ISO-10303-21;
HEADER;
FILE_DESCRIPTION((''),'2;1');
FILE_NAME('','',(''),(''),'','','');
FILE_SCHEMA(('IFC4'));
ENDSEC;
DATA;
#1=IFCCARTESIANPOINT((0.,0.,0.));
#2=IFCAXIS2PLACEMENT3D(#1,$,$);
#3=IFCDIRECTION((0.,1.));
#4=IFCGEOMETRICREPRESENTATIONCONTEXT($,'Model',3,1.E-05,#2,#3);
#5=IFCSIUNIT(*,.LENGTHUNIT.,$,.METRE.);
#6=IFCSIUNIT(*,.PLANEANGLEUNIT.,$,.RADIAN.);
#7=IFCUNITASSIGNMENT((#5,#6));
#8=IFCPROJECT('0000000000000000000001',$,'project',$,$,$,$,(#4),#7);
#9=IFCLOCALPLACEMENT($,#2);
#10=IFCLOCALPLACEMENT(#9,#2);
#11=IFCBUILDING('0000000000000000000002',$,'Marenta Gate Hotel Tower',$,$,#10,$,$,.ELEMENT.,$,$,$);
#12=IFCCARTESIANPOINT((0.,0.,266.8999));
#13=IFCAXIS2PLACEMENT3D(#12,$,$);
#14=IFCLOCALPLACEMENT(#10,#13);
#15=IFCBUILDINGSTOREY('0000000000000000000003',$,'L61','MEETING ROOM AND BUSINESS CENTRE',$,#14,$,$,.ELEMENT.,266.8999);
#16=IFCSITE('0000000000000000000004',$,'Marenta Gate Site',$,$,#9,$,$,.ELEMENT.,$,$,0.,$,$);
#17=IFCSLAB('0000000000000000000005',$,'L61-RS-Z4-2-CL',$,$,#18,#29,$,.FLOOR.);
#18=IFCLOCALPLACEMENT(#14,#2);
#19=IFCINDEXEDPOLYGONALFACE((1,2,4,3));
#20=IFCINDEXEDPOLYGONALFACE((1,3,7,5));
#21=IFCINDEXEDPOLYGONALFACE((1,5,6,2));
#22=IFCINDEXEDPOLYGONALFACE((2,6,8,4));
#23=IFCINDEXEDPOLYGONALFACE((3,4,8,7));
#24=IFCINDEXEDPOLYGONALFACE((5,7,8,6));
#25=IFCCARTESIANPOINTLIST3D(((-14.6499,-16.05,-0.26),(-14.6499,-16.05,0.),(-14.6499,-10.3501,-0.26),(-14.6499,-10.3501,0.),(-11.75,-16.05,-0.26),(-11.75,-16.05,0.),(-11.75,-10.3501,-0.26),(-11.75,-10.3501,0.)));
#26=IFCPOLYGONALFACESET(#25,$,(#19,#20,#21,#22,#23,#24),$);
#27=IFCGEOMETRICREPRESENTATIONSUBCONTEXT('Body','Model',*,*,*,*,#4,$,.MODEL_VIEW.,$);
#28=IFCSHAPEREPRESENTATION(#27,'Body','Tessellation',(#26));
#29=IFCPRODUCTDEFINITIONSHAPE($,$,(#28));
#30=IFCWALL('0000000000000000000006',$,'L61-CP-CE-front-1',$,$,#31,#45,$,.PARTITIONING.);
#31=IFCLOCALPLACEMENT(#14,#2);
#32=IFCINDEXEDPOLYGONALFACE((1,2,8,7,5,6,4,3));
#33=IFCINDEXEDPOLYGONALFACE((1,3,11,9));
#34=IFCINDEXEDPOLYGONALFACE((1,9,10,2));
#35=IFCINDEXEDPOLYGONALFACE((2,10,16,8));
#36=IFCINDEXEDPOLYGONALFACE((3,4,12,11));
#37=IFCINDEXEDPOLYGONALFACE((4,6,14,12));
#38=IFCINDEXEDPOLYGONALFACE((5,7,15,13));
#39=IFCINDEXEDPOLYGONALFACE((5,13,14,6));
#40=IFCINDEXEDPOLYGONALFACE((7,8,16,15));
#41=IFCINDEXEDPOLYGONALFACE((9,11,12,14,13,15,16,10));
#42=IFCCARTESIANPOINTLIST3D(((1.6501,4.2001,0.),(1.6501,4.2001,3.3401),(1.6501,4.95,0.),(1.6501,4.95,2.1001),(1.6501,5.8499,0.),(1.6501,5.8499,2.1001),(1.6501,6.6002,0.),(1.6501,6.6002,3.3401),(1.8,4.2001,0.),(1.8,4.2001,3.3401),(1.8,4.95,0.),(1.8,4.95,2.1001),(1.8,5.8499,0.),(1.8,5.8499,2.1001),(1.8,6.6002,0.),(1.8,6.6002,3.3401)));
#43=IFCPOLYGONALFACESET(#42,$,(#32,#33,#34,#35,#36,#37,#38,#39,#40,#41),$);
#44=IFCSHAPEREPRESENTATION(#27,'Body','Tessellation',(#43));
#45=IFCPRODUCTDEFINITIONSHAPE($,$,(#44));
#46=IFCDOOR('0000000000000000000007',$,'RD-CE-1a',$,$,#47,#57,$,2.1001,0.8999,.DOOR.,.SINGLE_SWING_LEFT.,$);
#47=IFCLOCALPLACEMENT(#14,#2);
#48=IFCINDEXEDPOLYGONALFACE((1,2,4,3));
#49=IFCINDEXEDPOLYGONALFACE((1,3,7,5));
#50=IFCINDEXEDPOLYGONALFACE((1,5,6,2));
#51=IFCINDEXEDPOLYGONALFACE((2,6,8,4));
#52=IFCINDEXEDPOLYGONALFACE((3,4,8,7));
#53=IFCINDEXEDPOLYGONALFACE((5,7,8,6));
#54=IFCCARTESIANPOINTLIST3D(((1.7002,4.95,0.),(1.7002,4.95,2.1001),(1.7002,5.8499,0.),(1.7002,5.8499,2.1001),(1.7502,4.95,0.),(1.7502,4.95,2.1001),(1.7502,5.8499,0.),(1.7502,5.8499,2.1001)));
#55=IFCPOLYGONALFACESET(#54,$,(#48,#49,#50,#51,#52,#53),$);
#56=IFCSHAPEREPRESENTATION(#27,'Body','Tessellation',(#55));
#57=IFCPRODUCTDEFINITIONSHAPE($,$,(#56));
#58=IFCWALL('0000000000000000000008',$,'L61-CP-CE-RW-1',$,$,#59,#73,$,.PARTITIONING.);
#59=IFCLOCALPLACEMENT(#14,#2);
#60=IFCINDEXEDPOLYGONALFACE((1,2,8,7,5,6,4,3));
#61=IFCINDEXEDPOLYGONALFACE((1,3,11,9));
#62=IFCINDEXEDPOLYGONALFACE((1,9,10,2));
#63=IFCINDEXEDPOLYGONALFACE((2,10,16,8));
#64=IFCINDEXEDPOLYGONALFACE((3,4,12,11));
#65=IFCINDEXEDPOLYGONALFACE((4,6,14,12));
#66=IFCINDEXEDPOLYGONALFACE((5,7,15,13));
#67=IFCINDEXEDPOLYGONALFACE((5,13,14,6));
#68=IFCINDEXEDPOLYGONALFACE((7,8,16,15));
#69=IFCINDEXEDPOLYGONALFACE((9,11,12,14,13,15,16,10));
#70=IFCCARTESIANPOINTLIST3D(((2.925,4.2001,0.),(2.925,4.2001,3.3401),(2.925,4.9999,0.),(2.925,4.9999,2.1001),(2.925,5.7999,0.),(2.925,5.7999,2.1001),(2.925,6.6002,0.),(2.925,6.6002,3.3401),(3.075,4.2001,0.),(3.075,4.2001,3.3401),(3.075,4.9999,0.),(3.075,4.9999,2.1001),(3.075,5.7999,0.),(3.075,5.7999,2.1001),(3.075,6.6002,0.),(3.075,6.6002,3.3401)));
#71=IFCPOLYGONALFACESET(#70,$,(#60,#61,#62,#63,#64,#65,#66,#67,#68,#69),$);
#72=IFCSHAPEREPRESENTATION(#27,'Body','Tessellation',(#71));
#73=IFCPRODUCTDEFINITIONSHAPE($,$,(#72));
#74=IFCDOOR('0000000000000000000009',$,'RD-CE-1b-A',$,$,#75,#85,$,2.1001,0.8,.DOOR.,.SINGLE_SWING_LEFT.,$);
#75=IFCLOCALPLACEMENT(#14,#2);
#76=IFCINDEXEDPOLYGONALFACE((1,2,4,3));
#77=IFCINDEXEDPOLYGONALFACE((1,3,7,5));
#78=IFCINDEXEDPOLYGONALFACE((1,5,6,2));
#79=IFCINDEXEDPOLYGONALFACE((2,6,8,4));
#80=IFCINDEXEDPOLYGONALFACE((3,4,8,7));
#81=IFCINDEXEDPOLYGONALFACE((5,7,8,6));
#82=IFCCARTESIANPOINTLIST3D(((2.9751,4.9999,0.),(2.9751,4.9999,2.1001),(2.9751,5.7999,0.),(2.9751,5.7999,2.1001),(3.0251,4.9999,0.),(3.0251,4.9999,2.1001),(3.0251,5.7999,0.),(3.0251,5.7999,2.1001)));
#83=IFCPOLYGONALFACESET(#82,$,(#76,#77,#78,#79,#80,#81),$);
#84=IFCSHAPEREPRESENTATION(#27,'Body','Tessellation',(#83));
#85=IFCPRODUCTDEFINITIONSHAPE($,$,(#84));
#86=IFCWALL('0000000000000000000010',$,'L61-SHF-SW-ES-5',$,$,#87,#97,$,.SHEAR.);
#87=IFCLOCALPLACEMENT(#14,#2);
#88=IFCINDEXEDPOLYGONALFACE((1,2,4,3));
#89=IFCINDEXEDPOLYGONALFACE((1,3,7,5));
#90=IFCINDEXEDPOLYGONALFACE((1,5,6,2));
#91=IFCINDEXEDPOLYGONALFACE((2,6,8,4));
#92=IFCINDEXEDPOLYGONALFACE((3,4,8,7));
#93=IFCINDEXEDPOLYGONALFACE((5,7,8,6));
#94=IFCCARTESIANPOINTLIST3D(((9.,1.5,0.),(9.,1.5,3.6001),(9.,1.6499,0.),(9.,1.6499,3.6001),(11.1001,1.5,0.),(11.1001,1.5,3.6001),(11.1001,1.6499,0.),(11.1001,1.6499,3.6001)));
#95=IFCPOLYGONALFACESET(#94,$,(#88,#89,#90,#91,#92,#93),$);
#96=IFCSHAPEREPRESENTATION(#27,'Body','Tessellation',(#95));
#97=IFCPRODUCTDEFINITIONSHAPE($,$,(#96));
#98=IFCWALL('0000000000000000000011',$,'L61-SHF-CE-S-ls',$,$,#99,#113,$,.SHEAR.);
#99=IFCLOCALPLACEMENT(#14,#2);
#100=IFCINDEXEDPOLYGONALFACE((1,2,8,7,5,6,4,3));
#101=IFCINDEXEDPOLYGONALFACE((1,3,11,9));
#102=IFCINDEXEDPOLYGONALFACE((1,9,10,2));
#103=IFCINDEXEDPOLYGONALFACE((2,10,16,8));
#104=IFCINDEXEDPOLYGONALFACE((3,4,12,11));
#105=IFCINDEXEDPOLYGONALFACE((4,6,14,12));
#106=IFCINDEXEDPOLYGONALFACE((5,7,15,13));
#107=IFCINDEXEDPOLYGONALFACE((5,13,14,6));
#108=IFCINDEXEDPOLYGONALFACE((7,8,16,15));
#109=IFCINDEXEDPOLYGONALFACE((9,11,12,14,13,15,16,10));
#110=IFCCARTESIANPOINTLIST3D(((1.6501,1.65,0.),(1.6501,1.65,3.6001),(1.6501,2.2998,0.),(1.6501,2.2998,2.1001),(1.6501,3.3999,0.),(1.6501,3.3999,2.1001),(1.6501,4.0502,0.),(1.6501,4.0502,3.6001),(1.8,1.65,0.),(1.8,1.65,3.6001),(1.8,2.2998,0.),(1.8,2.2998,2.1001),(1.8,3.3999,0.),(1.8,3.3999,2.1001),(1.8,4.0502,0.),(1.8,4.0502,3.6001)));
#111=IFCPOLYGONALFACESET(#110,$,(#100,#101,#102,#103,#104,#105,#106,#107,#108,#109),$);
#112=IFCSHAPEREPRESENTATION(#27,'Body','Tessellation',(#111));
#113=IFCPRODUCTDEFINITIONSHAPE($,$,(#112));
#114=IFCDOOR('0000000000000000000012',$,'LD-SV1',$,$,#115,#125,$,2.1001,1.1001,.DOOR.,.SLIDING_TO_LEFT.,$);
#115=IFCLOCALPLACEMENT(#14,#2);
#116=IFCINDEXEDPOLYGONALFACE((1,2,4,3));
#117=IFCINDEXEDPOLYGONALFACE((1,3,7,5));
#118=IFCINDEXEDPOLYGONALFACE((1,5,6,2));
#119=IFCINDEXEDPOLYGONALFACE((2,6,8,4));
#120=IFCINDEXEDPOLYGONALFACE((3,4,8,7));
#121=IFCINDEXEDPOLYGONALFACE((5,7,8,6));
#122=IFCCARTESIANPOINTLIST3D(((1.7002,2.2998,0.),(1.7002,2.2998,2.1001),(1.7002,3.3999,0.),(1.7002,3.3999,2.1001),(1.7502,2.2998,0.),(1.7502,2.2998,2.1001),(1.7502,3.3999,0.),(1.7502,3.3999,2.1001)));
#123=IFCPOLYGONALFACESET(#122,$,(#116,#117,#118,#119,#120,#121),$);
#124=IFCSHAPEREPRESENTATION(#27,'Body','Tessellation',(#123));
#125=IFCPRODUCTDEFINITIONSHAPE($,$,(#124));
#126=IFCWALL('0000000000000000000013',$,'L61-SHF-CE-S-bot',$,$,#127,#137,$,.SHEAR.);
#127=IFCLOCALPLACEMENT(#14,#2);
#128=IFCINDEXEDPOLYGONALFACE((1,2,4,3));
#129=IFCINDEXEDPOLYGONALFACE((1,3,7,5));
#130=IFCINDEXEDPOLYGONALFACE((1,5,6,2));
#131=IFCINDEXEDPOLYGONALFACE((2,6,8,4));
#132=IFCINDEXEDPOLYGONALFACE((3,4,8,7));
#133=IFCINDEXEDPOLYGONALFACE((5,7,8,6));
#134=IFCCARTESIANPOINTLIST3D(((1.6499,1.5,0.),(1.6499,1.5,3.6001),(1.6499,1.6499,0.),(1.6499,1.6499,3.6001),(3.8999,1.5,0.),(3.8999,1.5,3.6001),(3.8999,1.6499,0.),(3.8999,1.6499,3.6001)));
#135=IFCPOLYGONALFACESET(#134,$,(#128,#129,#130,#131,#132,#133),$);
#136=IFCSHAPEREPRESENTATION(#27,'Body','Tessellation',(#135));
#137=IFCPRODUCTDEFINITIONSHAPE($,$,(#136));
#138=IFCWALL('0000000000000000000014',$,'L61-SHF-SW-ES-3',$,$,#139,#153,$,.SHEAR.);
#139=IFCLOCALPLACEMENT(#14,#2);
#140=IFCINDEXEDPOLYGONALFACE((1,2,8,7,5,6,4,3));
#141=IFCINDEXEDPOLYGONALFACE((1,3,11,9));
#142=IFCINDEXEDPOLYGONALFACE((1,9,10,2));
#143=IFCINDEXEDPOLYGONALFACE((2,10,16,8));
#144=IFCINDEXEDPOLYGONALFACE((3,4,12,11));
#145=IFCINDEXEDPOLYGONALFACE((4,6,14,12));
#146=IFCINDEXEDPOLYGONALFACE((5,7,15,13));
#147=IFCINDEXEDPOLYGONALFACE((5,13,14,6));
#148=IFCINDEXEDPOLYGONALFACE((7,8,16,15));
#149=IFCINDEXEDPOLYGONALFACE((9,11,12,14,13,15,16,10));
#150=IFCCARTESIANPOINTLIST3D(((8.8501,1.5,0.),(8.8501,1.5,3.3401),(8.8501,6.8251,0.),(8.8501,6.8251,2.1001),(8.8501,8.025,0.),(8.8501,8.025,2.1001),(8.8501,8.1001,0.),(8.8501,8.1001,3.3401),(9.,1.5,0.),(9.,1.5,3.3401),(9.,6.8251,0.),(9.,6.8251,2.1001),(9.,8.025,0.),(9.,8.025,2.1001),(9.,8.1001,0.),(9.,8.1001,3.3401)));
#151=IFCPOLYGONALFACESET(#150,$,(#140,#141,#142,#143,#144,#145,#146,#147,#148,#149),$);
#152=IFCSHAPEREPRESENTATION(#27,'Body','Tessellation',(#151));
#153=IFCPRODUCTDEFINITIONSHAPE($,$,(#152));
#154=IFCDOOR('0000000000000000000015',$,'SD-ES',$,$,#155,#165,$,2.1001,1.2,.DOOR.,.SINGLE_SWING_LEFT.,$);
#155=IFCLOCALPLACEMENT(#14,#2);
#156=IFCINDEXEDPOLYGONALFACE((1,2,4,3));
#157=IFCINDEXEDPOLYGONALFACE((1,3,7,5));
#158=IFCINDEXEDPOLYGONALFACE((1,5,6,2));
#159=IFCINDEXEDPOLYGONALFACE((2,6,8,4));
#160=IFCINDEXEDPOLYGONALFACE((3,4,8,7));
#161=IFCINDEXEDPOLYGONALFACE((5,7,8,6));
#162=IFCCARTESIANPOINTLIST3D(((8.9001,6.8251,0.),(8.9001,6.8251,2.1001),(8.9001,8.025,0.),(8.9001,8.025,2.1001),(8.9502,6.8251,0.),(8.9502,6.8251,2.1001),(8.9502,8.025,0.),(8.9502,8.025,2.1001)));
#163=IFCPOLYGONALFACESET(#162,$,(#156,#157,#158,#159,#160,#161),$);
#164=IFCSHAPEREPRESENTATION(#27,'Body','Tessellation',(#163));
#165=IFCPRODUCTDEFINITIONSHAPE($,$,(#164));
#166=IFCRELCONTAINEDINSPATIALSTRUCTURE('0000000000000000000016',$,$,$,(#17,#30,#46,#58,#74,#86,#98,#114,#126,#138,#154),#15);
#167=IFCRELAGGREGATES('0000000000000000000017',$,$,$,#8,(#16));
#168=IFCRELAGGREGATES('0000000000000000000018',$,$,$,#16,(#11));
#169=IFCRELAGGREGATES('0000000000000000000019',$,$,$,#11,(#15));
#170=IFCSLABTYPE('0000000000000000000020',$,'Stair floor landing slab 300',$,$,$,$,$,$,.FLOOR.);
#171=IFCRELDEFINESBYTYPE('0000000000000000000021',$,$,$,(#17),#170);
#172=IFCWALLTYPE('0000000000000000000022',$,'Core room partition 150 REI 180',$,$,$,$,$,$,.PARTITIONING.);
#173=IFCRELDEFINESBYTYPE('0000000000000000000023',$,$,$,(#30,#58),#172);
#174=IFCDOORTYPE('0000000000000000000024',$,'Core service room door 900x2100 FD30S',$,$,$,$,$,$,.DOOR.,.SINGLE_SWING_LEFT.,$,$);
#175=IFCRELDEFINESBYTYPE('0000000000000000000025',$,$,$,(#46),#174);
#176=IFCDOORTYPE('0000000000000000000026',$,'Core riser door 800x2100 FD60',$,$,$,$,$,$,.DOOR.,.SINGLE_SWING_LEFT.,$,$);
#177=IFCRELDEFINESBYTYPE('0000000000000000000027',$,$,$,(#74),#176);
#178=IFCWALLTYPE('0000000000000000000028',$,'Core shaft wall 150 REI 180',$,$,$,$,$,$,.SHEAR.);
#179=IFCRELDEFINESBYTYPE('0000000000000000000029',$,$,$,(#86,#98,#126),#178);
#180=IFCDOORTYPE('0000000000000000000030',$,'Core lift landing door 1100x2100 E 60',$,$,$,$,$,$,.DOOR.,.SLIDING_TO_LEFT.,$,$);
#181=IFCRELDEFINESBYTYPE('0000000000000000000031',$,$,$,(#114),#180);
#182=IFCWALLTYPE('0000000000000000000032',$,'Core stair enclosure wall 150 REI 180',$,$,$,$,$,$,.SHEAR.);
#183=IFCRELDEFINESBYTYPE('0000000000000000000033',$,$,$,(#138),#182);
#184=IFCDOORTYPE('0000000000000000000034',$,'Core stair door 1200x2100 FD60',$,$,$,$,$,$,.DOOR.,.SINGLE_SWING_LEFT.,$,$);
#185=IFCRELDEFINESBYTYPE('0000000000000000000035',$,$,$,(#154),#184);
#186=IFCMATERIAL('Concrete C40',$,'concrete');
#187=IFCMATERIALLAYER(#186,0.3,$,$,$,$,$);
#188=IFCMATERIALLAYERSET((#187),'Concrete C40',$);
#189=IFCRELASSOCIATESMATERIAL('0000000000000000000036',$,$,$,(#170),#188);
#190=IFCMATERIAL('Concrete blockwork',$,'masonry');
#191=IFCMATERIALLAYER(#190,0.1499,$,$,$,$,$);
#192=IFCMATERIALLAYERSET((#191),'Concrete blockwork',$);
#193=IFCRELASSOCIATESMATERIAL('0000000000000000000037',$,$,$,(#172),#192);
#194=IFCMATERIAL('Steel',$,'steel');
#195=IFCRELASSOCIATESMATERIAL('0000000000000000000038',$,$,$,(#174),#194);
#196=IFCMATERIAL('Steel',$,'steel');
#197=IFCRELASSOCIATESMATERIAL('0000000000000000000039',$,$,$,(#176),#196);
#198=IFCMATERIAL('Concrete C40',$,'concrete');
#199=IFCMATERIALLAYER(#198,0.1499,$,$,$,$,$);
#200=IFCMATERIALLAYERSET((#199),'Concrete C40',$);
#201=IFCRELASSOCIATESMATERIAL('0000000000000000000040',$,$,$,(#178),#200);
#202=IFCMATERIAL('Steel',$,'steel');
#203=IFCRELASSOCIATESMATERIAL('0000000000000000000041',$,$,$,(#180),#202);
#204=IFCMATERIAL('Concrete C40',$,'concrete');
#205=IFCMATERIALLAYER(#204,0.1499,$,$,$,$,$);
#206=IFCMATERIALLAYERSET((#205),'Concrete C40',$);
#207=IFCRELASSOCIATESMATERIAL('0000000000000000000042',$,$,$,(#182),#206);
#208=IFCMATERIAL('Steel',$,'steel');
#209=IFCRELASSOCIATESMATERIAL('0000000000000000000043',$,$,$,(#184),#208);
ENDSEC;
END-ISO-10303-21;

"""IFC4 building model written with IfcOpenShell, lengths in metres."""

from ifc_helpers import new_model, si_unit, direction, frame, frame_2d, origin, place, context, subcontext, project, spatial, polyline, rectangle, outline, extrude, material, layer, layer_set, type_object, element, fill, save


model = new_model("IFC4")

# Units and contexts
model_context = context("Model", 3, precision=1e-05, world=origin(), true_north=direction((0.0, 1.0)))
body_context = subcontext(model_context, "Body", "Model", "MODEL_VIEW")
ifc_project = project(units=[si_unit("LENGTHUNIT", "METRE"), si_unit("PLANEANGLEUNIT", "RADIAN")], contexts=[model_context])

# Site, building, storey
site_placement = place(None, origin())
site = spatial("IfcSite", under=ifc_project, at=site_placement, Name="Marenta Gate Site", CompositionType="ELEMENT", RefElevation=0.0)
building_placement = place(site_placement, origin())
building = spatial("IfcBuilding", under=site, at=building_placement, Name="Marenta Gate Hotel Tower", CompositionType="ELEMENT")
storey_placement = place(building_placement, frame((0.0, 0.0, 266.8999)))
storey = spatial("IfcBuildingStorey", under=building, at=storey_placement, Name="L61", Description="MEETING ROOM AND BUSINESS CENTRE", CompositionType="ELEMENT", Elevation=266.8999)

# Slab
ifc_material_1 = material(Name="Concrete C40", Category="concrete")
ifc_layer_1 = layer(ifc_material_1, 0.3)
ifc_layer_set_1 = layer_set([ifc_layer_1], Name="Concrete C40")
slab_type_1 = type_object("IfcSlabType", Name="Stair floor landing slab 300", PredefinedType="FLOOR", material=ifc_layer_set_1)
slab_1_placement = place(storey_placement, frame((0.0, 0.0, -0.26)))
element("IfcSlab", 1, at=slab_1_placement, inside=storey, type_object=slab_type_1, Name="L61-RS-Z4-2-CL", PredefinedType="FLOOR", context=body_context, shape_type="SweptSolid", body=[
    extrude(outline(polyline([(-11.75, -16.05), (-11.75, -10.3501), (-14.6499, -10.3501), (-14.6499, -16.05), (-11.75, -16.05)])), origin(), (0.0, 0.0, 1.0), 0.26),
])

# Walls, openings, doors
ifc_material_2 = material(Name="Concrete blockwork", Category="masonry")
ifc_layer_2 = layer(ifc_material_2, 0.1499)
ifc_layer_set_2 = layer_set([ifc_layer_2], Name="Concrete blockwork")
wall_type_1 = type_object("IfcWallType", Name="Core room partition 150 REI 180", PredefinedType="PARTITIONING", material=ifc_layer_set_2)
wall_1_placement = place(storey_placement, frame((1.7251, 4.2, 0.0), z_axis=(0.0, 0.0, 1.0), x_axis=(0.0, 1.0, 0.0)))
wall_1 = element("IfcWall", 2, at=wall_1_placement, inside=storey, type_object=wall_type_1, Name="L61-CP-CE-front-1", PredefinedType="PARTITIONING", context=body_context, shape_type="SweptSolid", body=[
    extrude(rectangle(XDim=2.4001, YDim=0.1499, at=frame_2d((1.2002, 0.0))), origin(), (0.0, 0.0, 1.0), 3.3401),
])
opening_1_placement = place(wall_1_placement, frame((0.75, 0.0, 0.0)))
opening_1 = element("IfcOpeningElement", 3, at=opening_1_placement, cuts=wall_1, PredefinedType="OPENING", context=body_context, shape_type="SweptSolid", body=[
    extrude(rectangle(XDim=0.8999, YDim=2.1001, at=frame_2d((0.45, 1.05))), frame((0.0, 0.075, 0.0), z_axis=(0.0, -1.0, 0.0), x_axis=(1.0, 0.0, 0.0)), (0.0, 0.0, 1.0), 0.1499),
])
ifc_material_3 = material(Name="Steel", Category="steel")
door_type_1 = type_object("IfcDoorType", Name="Core service room door 900x2100 FD30S", OperationType="SINGLE_SWING_LEFT", PredefinedType="DOOR", material=ifc_material_3)
door_1_placement = place(opening_1_placement, origin())
door_1 = element("IfcDoor", 4, at=door_1_placement, inside=storey, type_object=door_type_1, Name="RD-CE-1a", OperationType="SINGLE_SWING_LEFT", OverallHeight=2.1001, OverallWidth=0.8999, PredefinedType="DOOR", context=body_context, shape_type="SweptSolid", body=[
    extrude(rectangle(XDim=0.8999, YDim=2.1001, at=frame_2d((0.45, 1.05))), frame((0.0, 0.0249, 0.0), z_axis=(0.0, -1.0, 0.0), x_axis=(1.0, 0.0, 0.0)), (0.0, 0.0, 1.0), 0.05),
])
fill(opening_1, door_1)
wall_2_placement = place(storey_placement, frame((3.0, 4.2, 0.0), z_axis=(0.0, 0.0, 1.0), x_axis=(0.0, 1.0, 0.0)))
wall_2 = element("IfcWall", 5, at=wall_2_placement, inside=storey, type_object=wall_type_1, Name="L61-CP-CE-RW-1", PredefinedType="PARTITIONING", context=body_context, shape_type="SweptSolid", body=[
    extrude(rectangle(XDim=2.4001, YDim=0.1499, at=frame_2d((1.2002, 0.0))), origin(), (0.0, 0.0, 1.0), 3.3401),
])
opening_2_placement = place(wall_2_placement, frame((0.8, 0.0, 0.0)))
opening_2 = element("IfcOpeningElement", 6, at=opening_2_placement, cuts=wall_2, PredefinedType="OPENING", context=body_context, shape_type="SweptSolid", body=[
    extrude(rectangle(XDim=0.8, YDim=2.1001, at=frame_2d((0.3999, 1.05))), frame((0.0, 0.075, 0.0), z_axis=(0.0, -1.0, 0.0), x_axis=(1.0, 0.0, 0.0)), (0.0, 0.0, 1.0), 0.1499),
])
ifc_material_4 = material(Name="Steel", Category="steel")
door_type_2 = type_object("IfcDoorType", Name="Core riser door 800x2100 FD60", OperationType="SINGLE_SWING_LEFT", PredefinedType="DOOR", material=ifc_material_4)
door_2_placement = place(opening_2_placement, origin())
door_2 = element("IfcDoor", 7, at=door_2_placement, inside=storey, type_object=door_type_2, Name="RD-CE-1b-A", OperationType="SINGLE_SWING_LEFT", OverallHeight=2.1001, OverallWidth=0.8, PredefinedType="DOOR", context=body_context, shape_type="SweptSolid", body=[
    extrude(rectangle(XDim=0.8, YDim=2.1001, at=frame_2d((0.3999, 1.05))), frame((0.0, 0.0249, 0.0), z_axis=(0.0, -1.0, 0.0), x_axis=(1.0, 0.0, 0.0)), (0.0, 0.0, 1.0), 0.05),
])
fill(opening_2, door_2)

# Wall
ifc_material_5 = material(Name="Concrete C40", Category="concrete")
ifc_layer_3 = layer(ifc_material_5, 0.1499)
ifc_layer_set_3 = layer_set([ifc_layer_3], Name="Concrete C40")
wall_type_2 = type_object("IfcWallType", Name="Core shaft wall 150 REI 180", PredefinedType="SHEAR", material=ifc_layer_set_3)
wall_3_placement = place(storey_placement, frame((9.0, 1.575, 0.0), z_axis=(0.0, 0.0, 1.0), x_axis=(1.0, 0.0, 0.0)))
element("IfcWall", 8, at=wall_3_placement, inside=storey, type_object=wall_type_2, Name="L61-SHF-SW-ES-5", PredefinedType="SHEAR", context=body_context, shape_type="SweptSolid", body=[
    extrude(rectangle(XDim=2.1001, YDim=0.1499, at=frame_2d((1.05, 0.0))), origin(), (0.0, 0.0, 1.0), 3.6001),
])

# Wall, opening, door
wall_4_placement = place(storey_placement, frame((1.7251, 1.6499, 0.0), z_axis=(0.0, 0.0, 1.0), x_axis=(0.0, 1.0, 0.0)))
wall_4 = element("IfcWall", 9, at=wall_4_placement, inside=storey, type_object=wall_type_2, Name="L61-SHF-CE-S-ls", PredefinedType="SHEAR", context=body_context, shape_type="SweptSolid", body=[
    extrude(rectangle(XDim=2.4001, YDim=0.1499, at=frame_2d((1.2002, 0.0))), origin(), (0.0, 0.0, 1.0), 3.6001),
])
opening_3_placement = place(wall_4_placement, frame((0.6499, 0.0, 0.0)))
opening_3 = element("IfcOpeningElement", 10, at=opening_3_placement, cuts=wall_4, PredefinedType="OPENING", context=body_context, shape_type="SweptSolid", body=[
    extrude(rectangle(XDim=1.1001, YDim=2.1001, at=frame_2d((0.55, 1.05))), frame((0.0, 0.075, 0.0), z_axis=(0.0, -1.0, 0.0), x_axis=(1.0, 0.0, 0.0)), (0.0, 0.0, 1.0), 0.1499),
])
ifc_material_6 = material(Name="Steel", Category="steel")
door_type_3 = type_object("IfcDoorType", Name="Core lift landing door 1100x2100 E 60", OperationType="SLIDING_TO_LEFT", PredefinedType="DOOR", material=ifc_material_6)
door_3_placement = place(opening_3_placement, origin())
door_3 = element("IfcDoor", 11, at=door_3_placement, inside=storey, type_object=door_type_3, Name="LD-SV1", OperationType="SLIDING_TO_LEFT", OverallHeight=2.1001, OverallWidth=1.1001, PredefinedType="DOOR", context=body_context, shape_type="SweptSolid", body=[
    extrude(rectangle(XDim=1.1001, YDim=2.1001, at=frame_2d((0.55, 1.05))), frame((0.0, 0.0249, 0.0), z_axis=(0.0, -1.0, 0.0), x_axis=(1.0, 0.0, 0.0)), (0.0, 0.0, 1.0), 0.05),
])
fill(opening_3, door_3)

# Wall
wall_5_placement = place(storey_placement, frame((1.6499, 1.575, 0.0), z_axis=(0.0, 0.0, 1.0), x_axis=(1.0, 0.0, 0.0)))
element("IfcWall", 12, at=wall_5_placement, inside=storey, type_object=wall_type_2, Name="L61-SHF-CE-S-bot", PredefinedType="SHEAR", context=body_context, shape_type="SweptSolid", body=[
    extrude(rectangle(XDim=2.25, YDim=0.1499, at=frame_2d((1.125, 0.0))), origin(), (0.0, 0.0, 1.0), 3.6001),
])

# Wall, opening, door
ifc_material_7 = material(Name="Concrete C40", Category="concrete")
ifc_layer_4 = layer(ifc_material_7, 0.1499)
ifc_layer_set_4 = layer_set([ifc_layer_4], Name="Concrete C40")
wall_type_3 = type_object("IfcWallType", Name="Core stair enclosure wall 150 REI 180", PredefinedType="SHEAR", material=ifc_layer_set_4)
wall_6_placement = place(storey_placement, frame((8.925, 1.5, 0.0), z_axis=(0.0, 0.0, 1.0), x_axis=(0.0, 1.0, 0.0)))
wall_6 = element("IfcWall", 13, at=wall_6_placement, inside=storey, type_object=wall_type_3, Name="L61-SHF-SW-ES-3", PredefinedType="SHEAR", context=body_context, shape_type="SweptSolid", body=[
    extrude(rectangle(XDim=6.6001, YDim=0.1499, at=frame_2d((3.3, 0.0))), origin(), (0.0, 0.0, 1.0), 3.3401),
])
opening_4_placement = place(wall_6_placement, frame((5.325, 0.0, 0.0)))
opening_4 = element("IfcOpeningElement", 14, at=opening_4_placement, cuts=wall_6, PredefinedType="OPENING", context=body_context, shape_type="SweptSolid", body=[
    extrude(rectangle(XDim=1.2, YDim=2.1001, at=frame_2d((0.6001, 1.05))), frame((0.0, 0.075, 0.0), z_axis=(0.0, -1.0, 0.0), x_axis=(1.0, 0.0, 0.0)), (0.0, 0.0, 1.0), 0.1499),
])
ifc_material_8 = material(Name="Steel", Category="steel")
door_type_4 = type_object("IfcDoorType", Name="Core stair door 1200x2100 FD60", OperationType="SINGLE_SWING_LEFT", PredefinedType="DOOR", material=ifc_material_8)
door_4_placement = place(opening_4_placement, origin())
door_4 = element("IfcDoor", 15, at=door_4_placement, inside=storey, type_object=door_type_4, Name="SD-ES", OperationType="SINGLE_SWING_LEFT", OverallHeight=2.1001, OverallWidth=1.2, PredefinedType="DOOR", context=body_context, shape_type="SweptSolid", body=[
    extrude(rectangle(XDim=1.2, YDim=2.1001, at=frame_2d((0.6001, 1.05))), frame((0.0, 0.0249, 0.0), z_axis=(0.0, -1.0, 0.0), x_axis=(1.0, 0.0, 0.0)), (0.0, 0.0, 1.0), 0.05),
])
fill(opening_4, door_4)

save(model, "model.ifc")
